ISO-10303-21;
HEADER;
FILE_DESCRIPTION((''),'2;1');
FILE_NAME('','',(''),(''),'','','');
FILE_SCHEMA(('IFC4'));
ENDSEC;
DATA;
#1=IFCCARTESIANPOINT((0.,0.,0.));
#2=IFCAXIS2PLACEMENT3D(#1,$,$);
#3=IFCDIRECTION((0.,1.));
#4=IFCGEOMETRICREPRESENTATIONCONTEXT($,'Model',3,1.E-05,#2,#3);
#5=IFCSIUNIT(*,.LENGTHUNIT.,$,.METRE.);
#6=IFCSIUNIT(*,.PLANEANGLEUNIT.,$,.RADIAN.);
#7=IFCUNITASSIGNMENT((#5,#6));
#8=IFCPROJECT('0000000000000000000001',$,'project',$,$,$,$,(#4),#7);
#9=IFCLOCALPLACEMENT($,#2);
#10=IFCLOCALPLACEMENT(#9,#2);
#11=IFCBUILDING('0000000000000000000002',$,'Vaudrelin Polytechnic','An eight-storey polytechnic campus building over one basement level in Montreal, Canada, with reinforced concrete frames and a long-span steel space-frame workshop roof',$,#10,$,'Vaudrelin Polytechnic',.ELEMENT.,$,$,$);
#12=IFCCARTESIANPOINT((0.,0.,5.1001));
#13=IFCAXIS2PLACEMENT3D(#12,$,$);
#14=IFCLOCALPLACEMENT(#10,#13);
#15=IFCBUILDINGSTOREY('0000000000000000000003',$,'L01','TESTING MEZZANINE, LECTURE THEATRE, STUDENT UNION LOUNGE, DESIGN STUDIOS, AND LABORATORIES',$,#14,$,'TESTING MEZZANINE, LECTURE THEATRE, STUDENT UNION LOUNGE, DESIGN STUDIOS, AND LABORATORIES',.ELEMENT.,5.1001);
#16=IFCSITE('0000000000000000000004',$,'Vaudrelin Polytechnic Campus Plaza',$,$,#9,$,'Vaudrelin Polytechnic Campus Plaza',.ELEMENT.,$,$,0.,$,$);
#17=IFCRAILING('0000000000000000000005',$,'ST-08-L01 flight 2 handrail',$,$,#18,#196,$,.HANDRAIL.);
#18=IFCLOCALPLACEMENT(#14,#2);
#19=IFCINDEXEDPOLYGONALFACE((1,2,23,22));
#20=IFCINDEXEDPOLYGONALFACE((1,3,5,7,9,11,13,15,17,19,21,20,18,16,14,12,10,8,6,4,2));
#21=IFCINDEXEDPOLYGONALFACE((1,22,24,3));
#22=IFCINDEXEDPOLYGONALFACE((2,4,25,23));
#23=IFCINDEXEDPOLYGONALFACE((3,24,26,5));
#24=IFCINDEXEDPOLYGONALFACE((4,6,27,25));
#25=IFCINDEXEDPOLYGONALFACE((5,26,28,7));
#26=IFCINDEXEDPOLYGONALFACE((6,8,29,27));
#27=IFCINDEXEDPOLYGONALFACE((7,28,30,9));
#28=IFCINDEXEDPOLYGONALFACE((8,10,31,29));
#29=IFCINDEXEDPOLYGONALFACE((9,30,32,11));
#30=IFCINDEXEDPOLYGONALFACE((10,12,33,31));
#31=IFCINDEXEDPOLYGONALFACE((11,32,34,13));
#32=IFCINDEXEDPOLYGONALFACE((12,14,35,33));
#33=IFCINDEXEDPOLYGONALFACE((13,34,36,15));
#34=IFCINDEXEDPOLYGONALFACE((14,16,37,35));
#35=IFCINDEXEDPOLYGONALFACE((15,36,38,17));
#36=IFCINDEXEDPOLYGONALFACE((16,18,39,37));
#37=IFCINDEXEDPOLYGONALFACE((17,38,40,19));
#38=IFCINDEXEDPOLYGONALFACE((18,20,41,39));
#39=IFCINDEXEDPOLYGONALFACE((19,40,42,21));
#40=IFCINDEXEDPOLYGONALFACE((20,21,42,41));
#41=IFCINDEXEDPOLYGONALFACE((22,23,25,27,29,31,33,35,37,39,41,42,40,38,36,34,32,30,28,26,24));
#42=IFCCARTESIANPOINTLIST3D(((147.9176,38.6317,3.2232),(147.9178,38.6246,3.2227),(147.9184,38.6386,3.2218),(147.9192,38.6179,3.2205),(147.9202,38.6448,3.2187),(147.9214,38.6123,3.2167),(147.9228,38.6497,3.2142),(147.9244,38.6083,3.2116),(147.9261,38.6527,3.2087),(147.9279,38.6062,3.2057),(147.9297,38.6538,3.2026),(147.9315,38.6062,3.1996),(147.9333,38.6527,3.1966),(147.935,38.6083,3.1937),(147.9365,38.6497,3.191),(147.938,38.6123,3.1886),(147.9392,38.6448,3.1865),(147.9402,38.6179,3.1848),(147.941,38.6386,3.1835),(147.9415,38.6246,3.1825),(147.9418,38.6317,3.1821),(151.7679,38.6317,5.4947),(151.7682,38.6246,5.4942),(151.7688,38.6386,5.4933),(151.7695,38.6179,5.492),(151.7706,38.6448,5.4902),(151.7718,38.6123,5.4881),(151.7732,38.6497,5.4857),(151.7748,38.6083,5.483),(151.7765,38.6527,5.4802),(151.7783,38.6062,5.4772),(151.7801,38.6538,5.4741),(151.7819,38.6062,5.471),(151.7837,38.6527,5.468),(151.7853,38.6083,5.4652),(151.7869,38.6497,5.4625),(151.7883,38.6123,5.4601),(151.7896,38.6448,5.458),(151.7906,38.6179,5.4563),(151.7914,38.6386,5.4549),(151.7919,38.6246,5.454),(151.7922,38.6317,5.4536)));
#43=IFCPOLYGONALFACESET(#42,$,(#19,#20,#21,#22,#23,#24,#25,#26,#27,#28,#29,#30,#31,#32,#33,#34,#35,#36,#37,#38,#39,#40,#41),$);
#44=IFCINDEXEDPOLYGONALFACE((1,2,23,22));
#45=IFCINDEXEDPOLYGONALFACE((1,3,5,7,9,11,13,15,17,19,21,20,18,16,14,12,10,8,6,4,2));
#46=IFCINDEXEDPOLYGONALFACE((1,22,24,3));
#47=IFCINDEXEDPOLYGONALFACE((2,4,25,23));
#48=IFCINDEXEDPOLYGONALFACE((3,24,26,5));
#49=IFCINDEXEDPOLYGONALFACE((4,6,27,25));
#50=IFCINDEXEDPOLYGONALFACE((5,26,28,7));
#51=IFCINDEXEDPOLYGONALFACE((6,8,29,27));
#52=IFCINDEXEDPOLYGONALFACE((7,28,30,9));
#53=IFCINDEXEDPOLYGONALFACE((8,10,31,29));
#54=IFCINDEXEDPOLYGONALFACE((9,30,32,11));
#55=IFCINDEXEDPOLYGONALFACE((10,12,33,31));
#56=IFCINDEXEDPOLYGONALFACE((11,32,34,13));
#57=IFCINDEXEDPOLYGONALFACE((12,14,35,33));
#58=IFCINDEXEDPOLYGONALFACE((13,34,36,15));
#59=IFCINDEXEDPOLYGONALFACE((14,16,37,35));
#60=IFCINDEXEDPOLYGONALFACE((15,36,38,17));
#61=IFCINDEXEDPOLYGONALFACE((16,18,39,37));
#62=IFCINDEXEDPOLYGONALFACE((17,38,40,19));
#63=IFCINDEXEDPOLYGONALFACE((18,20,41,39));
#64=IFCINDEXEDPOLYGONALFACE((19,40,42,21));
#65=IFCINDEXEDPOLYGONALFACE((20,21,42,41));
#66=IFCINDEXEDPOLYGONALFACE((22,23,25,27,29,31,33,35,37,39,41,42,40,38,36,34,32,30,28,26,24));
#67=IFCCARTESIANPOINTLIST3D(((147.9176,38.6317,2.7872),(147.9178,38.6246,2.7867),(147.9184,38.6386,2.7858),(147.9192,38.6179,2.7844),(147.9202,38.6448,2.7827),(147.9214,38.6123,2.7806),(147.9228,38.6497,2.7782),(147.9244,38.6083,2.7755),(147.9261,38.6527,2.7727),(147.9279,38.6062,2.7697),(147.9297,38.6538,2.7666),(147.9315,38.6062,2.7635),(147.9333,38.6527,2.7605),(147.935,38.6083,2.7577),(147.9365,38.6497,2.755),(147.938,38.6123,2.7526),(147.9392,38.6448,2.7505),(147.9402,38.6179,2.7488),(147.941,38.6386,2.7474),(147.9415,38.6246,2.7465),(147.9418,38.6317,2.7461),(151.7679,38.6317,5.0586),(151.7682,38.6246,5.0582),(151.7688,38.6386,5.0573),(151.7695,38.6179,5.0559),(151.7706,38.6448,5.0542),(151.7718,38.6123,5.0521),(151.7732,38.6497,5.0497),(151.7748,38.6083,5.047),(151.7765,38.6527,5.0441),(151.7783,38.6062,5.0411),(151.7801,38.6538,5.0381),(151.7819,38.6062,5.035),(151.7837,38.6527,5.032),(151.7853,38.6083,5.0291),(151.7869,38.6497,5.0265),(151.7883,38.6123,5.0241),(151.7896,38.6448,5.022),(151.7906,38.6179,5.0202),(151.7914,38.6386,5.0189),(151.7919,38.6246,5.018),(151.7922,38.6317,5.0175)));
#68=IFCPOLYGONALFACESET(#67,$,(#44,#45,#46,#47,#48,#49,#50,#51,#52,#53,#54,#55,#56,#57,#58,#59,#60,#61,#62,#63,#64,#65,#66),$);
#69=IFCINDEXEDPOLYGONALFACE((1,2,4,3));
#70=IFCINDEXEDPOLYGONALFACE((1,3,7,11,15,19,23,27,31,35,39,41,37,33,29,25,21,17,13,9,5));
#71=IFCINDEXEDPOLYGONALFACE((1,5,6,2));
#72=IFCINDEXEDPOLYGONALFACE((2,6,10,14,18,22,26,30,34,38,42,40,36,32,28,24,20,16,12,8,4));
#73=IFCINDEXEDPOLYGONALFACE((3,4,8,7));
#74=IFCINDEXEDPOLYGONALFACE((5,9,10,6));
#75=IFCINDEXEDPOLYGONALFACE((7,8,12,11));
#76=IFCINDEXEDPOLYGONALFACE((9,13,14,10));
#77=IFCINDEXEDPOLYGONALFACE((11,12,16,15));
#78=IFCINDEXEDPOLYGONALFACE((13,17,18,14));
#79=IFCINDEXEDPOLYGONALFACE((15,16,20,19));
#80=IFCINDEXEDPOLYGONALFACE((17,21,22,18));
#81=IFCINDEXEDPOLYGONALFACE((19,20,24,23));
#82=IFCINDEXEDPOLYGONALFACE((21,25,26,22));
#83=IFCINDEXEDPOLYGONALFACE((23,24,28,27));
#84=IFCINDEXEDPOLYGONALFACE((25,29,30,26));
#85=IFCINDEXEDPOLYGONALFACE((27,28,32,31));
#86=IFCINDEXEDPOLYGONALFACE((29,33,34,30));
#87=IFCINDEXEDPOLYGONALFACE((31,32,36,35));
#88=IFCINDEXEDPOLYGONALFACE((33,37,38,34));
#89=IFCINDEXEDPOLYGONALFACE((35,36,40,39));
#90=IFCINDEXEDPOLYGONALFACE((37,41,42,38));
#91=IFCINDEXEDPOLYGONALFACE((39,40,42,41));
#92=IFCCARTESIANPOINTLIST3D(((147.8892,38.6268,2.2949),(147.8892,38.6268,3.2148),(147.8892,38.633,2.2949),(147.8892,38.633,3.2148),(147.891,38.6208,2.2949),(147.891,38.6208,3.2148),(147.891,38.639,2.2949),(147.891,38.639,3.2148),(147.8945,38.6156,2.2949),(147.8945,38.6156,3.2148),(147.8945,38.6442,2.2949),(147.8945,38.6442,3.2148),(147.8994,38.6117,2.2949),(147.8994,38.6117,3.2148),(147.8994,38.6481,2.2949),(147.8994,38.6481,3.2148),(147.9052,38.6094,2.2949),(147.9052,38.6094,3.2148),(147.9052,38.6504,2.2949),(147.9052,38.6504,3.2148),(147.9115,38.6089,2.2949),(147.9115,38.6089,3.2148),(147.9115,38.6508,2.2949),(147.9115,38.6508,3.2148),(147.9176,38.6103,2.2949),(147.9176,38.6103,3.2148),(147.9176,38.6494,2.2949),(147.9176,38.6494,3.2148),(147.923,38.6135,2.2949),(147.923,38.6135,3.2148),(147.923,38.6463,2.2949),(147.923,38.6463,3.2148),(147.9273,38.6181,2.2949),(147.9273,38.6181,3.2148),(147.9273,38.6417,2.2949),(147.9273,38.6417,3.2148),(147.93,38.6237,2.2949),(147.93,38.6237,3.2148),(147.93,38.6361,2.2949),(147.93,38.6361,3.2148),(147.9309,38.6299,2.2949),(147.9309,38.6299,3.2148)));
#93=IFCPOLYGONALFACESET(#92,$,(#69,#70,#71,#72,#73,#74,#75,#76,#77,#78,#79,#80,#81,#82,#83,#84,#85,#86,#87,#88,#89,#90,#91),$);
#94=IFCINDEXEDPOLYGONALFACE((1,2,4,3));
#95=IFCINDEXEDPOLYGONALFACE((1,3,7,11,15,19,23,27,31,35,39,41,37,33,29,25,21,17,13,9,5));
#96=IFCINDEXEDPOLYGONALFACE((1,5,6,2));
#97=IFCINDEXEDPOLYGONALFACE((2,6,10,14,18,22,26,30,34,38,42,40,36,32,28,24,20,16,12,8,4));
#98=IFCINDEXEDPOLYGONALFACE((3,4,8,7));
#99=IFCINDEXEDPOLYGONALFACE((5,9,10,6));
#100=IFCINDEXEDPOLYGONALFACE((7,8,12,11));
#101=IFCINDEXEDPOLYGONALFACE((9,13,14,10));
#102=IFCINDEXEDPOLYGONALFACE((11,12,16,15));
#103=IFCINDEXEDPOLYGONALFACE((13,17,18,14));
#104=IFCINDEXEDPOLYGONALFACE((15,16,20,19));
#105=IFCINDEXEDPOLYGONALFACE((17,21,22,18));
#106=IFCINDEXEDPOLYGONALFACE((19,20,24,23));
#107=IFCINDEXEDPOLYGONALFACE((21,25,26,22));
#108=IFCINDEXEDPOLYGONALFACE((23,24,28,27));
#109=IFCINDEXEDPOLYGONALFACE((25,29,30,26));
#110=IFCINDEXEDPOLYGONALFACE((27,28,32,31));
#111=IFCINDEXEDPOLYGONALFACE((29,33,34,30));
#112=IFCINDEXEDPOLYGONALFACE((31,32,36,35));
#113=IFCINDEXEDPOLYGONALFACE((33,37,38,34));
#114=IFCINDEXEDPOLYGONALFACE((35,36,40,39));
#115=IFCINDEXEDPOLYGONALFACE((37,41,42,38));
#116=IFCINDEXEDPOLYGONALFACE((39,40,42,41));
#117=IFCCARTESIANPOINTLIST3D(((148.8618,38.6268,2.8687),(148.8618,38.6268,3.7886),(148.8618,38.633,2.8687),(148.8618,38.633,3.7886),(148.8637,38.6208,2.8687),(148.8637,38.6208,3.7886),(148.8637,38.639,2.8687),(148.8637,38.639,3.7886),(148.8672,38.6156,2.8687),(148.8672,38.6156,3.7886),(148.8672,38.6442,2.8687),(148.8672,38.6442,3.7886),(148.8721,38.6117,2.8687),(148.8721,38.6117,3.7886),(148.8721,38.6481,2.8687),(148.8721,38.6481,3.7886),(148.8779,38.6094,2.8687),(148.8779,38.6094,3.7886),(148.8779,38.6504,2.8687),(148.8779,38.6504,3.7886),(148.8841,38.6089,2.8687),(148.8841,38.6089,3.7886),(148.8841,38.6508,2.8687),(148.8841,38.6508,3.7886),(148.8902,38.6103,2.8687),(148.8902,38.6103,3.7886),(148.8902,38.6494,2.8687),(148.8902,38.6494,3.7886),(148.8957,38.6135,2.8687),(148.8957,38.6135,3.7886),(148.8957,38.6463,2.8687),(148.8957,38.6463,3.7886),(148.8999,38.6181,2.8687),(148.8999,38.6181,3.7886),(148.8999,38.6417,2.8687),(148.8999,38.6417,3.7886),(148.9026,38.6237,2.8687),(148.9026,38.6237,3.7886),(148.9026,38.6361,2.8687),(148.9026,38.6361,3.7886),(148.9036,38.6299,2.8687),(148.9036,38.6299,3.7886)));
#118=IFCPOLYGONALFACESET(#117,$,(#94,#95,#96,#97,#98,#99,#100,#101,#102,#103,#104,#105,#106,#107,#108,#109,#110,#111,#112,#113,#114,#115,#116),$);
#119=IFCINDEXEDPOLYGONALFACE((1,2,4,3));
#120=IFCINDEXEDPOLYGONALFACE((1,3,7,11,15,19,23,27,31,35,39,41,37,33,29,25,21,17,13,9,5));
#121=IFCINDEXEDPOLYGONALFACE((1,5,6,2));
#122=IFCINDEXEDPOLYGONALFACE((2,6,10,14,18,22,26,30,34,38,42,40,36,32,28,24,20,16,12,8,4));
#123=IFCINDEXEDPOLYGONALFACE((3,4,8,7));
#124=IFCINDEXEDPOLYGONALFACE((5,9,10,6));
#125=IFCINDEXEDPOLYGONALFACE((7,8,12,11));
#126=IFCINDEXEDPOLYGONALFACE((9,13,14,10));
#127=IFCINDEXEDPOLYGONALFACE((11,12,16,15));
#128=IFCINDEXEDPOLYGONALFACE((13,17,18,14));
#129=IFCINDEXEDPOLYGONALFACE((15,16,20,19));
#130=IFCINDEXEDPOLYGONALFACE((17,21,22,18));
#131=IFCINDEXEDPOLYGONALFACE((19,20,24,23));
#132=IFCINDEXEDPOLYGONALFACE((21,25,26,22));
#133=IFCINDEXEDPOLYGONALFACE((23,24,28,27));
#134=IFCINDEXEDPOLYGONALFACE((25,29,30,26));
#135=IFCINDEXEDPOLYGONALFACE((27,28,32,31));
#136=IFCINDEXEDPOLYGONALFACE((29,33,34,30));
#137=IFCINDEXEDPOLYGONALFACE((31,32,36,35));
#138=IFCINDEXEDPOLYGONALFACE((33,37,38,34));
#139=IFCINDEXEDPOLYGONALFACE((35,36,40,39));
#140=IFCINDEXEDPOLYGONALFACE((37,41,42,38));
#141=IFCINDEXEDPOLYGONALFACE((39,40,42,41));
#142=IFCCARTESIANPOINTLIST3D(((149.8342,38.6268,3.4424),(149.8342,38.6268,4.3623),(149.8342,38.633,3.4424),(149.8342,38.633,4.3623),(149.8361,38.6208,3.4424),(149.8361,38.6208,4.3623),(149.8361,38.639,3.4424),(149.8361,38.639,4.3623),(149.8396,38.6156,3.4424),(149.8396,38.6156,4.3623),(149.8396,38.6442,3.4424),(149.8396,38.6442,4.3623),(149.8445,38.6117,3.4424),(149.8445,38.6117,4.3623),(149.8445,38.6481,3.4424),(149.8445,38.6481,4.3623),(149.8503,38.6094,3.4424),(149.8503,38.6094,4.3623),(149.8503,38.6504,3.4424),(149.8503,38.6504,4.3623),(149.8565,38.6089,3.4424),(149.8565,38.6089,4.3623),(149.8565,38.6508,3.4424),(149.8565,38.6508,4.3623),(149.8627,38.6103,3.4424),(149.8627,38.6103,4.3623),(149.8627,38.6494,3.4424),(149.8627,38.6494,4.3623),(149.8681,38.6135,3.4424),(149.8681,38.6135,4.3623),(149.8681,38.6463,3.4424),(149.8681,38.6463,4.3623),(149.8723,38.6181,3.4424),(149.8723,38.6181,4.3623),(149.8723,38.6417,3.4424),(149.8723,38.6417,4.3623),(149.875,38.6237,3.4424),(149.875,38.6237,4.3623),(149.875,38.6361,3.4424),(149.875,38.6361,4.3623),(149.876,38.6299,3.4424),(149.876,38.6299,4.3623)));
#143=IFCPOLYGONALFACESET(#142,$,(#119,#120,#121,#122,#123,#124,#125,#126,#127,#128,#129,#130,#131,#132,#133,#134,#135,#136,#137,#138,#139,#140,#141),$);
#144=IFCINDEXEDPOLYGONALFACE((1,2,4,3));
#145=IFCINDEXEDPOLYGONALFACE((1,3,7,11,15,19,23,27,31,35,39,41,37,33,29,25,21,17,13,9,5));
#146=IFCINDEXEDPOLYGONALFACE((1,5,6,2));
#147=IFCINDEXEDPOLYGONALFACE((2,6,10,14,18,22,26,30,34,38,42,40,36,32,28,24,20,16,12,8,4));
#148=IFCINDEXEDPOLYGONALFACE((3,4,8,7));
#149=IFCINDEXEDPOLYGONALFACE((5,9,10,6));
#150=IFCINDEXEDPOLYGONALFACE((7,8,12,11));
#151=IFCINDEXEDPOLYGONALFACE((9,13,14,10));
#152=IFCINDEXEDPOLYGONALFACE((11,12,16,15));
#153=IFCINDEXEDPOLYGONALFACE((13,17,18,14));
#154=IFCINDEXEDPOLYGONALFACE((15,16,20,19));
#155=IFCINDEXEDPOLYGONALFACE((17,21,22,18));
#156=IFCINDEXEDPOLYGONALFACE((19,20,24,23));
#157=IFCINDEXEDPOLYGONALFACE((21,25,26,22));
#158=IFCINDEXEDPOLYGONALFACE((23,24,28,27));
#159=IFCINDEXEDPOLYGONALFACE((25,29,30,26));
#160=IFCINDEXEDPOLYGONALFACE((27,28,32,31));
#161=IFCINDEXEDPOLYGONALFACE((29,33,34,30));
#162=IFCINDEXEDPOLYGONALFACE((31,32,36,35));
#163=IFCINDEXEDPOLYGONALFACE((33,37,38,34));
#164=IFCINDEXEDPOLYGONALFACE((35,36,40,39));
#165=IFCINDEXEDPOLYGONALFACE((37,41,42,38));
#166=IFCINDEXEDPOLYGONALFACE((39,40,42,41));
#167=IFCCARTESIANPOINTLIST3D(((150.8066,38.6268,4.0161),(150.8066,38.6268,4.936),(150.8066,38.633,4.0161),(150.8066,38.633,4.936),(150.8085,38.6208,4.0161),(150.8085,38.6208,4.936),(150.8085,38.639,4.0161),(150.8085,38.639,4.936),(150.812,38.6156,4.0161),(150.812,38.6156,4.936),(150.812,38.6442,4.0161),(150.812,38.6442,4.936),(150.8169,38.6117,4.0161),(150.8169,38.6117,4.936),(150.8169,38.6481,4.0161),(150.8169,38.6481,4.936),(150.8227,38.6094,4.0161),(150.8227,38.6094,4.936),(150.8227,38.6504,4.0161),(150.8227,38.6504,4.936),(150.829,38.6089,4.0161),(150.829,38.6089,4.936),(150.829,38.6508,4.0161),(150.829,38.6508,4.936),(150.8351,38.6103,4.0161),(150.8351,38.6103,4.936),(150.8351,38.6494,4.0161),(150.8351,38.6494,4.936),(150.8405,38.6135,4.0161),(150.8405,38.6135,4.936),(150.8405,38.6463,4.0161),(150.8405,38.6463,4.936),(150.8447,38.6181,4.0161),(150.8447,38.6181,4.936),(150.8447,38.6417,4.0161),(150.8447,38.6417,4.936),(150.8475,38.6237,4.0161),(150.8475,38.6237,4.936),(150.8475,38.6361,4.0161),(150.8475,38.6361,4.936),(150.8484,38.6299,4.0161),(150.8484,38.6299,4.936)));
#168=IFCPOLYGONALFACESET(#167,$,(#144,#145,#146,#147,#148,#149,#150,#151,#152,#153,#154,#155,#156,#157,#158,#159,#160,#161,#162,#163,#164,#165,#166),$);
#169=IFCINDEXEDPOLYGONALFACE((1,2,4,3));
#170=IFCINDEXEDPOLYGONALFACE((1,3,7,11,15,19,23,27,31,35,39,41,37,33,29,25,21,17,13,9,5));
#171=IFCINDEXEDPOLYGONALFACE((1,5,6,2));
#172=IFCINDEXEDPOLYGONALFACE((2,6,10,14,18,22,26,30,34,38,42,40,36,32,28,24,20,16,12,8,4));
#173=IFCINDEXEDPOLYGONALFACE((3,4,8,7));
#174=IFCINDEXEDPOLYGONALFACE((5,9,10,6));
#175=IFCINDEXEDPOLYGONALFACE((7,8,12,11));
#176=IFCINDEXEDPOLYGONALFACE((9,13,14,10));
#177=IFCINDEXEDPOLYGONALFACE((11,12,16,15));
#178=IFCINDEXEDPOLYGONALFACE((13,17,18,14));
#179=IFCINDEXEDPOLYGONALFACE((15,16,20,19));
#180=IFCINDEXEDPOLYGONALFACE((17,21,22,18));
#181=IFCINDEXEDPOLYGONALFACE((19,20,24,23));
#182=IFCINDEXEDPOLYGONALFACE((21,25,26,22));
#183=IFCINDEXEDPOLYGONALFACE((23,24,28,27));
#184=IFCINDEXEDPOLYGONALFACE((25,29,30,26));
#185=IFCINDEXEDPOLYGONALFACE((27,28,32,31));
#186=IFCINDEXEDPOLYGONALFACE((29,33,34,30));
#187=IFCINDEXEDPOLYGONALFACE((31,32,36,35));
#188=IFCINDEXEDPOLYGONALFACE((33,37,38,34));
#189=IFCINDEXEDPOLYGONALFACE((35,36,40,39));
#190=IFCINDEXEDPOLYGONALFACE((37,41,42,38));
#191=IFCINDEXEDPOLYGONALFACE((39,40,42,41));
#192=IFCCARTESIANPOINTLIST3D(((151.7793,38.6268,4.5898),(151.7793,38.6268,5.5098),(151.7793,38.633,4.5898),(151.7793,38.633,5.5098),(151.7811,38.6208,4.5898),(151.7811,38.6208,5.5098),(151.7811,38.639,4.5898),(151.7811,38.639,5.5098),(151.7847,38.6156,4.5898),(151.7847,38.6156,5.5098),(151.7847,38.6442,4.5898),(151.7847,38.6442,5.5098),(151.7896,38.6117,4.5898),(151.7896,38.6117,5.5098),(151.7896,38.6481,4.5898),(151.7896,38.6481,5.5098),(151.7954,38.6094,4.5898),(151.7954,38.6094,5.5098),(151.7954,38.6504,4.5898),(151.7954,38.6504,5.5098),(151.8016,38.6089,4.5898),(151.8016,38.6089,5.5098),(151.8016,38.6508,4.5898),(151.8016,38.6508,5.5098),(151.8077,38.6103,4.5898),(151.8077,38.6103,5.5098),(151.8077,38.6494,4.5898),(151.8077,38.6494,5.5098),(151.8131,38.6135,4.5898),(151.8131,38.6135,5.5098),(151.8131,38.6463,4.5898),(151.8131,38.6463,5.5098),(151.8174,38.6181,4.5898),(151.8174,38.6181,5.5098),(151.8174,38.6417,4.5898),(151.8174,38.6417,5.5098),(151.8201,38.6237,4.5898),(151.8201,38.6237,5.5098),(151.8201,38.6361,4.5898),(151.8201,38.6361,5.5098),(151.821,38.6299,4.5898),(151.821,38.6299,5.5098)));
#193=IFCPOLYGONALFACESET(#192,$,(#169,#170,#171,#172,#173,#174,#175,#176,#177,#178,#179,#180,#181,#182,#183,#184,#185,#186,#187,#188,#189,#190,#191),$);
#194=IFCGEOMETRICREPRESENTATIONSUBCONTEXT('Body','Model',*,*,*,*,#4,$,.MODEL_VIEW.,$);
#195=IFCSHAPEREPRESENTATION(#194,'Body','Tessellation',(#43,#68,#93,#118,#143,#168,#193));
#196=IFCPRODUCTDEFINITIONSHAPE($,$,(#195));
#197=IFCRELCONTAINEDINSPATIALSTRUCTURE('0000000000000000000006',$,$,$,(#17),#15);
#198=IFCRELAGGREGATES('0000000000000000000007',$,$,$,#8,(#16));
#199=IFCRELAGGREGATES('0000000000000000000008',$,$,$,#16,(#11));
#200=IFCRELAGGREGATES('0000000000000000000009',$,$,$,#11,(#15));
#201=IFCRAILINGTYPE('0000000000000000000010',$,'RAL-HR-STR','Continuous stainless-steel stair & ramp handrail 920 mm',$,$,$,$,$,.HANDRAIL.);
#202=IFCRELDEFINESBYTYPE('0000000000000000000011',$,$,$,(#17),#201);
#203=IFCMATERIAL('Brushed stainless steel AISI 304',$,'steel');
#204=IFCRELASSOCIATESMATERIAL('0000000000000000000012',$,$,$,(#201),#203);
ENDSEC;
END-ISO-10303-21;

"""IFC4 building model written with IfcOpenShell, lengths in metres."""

from ifc_helpers import new_model, si_unit, direction, frame, origin, origin_2d, place, context, subcontext, project, spatial, circle, extrude, material, type_object, element, save


model = new_model("IFC4")

# Units and contexts
model_context = context("Model", 3, precision=1e-05, world=origin(), true_north=direction((0.0, 1.0)))
body_context = subcontext(model_context, "Body", "Model", "MODEL_VIEW")
ifc_project = project(units=[si_unit("LENGTHUNIT", "METRE"), si_unit("PLANEANGLEUNIT", "RADIAN")], contexts=[model_context])

# Site, building, storey
site_placement = place(None, origin())
site = spatial("IfcSite", under=ifc_project, at=site_placement, Name="Vaudrelin Polytechnic Campus Plaza", LongName="Vaudrelin Polytechnic Campus Plaza", CompositionType="ELEMENT", RefElevation=0.0)
building_placement = place(site_placement, origin())
building = spatial("IfcBuilding", under=site, at=building_placement, Name="Vaudrelin Polytechnic", Description="An eight-storey polytechnic campus building over one basement level in Montreal, Canada, with reinforced concrete frames and a long-span steel space-frame workshop roof", LongName="Vaudrelin Polytechnic", CompositionType="ELEMENT")
storey_placement = place(building_placement, frame((0.0, 0.0, 5.1001)))
storey = spatial("IfcBuildingStorey", under=building, at=storey_placement, Name="L01", Description="TESTING MEZZANINE, LECTURE THEATRE, STUDENT UNION LOUNGE, DESIGN STUDIOS, AND LABORATORIES", LongName="TESTING MEZZANINE, LECTURE THEATRE, STUDENT UNION LOUNGE, DESIGN STUDIOS, AND LABORATORIES", CompositionType="ELEMENT", Elevation=5.1001)

# Railing
ifc_material_1 = material(Name="Brushed stainless steel AISI 304", Category="steel")
railing_type_1 = type_object("IfcRailingType", Name="RAL-HR-STR", Description="Continuous stainless-steel stair & ramp handrail 920 mm", PredefinedType="HANDRAIL", material=ifc_material_1)
railing_1_placement = place(storey_placement, frame((147.9099, 38.6299, 2.2949)))
element("IfcRailing", 1, at=railing_1_placement, inside=storey, type_object=railing_type_1, Name="ST-08-L01 flight 2 handrail", PredefinedType="HANDRAIL", context=body_context, shape_type="SweptSolid", body=[
    extrude(circle(Radius=0.0239, at=origin_2d()), frame((0.0198, 0.0, 0.9077), z_axis=(0.861294, 0.0, 0.508106), x_axis=(0.0, 1.0, 0.0)), (0.0, 0.0, 1.0), 4.4705),
    extrude(circle(Radius=0.0239, at=origin_2d()), frame((0.0198, 0.0, 0.4717), z_axis=(0.861294, 0.0, 0.508106), x_axis=(0.0, 1.0, 0.0)), (0.0, 0.0, 1.0), 4.4705),
    extrude(circle(Radius=0.021, at=origin_2d()), origin(), (0.0, 0.0, 1.0), 0.9199),
    extrude(circle(Radius=0.021, at=origin_2d()), frame((0.9727, 0.0, 0.5737)), (0.0, 0.0, 1.0), 0.9199),
    extrude(circle(Radius=0.021, at=origin_2d()), frame((1.9451, 0.0, 1.1475)), (0.0, 0.0, 1.0), 0.9199),
    extrude(circle(Radius=0.021, at=origin_2d()), frame((2.9175, 0.0, 1.7212)), (0.0, 0.0, 1.0), 0.9199),
    extrude(circle(Radius=0.021, at=origin_2d()), frame((3.8901, 0.0, 2.2949)), (0.0, 0.0, 1.0), 0.9199),
])

save(model, "model.ifc")
